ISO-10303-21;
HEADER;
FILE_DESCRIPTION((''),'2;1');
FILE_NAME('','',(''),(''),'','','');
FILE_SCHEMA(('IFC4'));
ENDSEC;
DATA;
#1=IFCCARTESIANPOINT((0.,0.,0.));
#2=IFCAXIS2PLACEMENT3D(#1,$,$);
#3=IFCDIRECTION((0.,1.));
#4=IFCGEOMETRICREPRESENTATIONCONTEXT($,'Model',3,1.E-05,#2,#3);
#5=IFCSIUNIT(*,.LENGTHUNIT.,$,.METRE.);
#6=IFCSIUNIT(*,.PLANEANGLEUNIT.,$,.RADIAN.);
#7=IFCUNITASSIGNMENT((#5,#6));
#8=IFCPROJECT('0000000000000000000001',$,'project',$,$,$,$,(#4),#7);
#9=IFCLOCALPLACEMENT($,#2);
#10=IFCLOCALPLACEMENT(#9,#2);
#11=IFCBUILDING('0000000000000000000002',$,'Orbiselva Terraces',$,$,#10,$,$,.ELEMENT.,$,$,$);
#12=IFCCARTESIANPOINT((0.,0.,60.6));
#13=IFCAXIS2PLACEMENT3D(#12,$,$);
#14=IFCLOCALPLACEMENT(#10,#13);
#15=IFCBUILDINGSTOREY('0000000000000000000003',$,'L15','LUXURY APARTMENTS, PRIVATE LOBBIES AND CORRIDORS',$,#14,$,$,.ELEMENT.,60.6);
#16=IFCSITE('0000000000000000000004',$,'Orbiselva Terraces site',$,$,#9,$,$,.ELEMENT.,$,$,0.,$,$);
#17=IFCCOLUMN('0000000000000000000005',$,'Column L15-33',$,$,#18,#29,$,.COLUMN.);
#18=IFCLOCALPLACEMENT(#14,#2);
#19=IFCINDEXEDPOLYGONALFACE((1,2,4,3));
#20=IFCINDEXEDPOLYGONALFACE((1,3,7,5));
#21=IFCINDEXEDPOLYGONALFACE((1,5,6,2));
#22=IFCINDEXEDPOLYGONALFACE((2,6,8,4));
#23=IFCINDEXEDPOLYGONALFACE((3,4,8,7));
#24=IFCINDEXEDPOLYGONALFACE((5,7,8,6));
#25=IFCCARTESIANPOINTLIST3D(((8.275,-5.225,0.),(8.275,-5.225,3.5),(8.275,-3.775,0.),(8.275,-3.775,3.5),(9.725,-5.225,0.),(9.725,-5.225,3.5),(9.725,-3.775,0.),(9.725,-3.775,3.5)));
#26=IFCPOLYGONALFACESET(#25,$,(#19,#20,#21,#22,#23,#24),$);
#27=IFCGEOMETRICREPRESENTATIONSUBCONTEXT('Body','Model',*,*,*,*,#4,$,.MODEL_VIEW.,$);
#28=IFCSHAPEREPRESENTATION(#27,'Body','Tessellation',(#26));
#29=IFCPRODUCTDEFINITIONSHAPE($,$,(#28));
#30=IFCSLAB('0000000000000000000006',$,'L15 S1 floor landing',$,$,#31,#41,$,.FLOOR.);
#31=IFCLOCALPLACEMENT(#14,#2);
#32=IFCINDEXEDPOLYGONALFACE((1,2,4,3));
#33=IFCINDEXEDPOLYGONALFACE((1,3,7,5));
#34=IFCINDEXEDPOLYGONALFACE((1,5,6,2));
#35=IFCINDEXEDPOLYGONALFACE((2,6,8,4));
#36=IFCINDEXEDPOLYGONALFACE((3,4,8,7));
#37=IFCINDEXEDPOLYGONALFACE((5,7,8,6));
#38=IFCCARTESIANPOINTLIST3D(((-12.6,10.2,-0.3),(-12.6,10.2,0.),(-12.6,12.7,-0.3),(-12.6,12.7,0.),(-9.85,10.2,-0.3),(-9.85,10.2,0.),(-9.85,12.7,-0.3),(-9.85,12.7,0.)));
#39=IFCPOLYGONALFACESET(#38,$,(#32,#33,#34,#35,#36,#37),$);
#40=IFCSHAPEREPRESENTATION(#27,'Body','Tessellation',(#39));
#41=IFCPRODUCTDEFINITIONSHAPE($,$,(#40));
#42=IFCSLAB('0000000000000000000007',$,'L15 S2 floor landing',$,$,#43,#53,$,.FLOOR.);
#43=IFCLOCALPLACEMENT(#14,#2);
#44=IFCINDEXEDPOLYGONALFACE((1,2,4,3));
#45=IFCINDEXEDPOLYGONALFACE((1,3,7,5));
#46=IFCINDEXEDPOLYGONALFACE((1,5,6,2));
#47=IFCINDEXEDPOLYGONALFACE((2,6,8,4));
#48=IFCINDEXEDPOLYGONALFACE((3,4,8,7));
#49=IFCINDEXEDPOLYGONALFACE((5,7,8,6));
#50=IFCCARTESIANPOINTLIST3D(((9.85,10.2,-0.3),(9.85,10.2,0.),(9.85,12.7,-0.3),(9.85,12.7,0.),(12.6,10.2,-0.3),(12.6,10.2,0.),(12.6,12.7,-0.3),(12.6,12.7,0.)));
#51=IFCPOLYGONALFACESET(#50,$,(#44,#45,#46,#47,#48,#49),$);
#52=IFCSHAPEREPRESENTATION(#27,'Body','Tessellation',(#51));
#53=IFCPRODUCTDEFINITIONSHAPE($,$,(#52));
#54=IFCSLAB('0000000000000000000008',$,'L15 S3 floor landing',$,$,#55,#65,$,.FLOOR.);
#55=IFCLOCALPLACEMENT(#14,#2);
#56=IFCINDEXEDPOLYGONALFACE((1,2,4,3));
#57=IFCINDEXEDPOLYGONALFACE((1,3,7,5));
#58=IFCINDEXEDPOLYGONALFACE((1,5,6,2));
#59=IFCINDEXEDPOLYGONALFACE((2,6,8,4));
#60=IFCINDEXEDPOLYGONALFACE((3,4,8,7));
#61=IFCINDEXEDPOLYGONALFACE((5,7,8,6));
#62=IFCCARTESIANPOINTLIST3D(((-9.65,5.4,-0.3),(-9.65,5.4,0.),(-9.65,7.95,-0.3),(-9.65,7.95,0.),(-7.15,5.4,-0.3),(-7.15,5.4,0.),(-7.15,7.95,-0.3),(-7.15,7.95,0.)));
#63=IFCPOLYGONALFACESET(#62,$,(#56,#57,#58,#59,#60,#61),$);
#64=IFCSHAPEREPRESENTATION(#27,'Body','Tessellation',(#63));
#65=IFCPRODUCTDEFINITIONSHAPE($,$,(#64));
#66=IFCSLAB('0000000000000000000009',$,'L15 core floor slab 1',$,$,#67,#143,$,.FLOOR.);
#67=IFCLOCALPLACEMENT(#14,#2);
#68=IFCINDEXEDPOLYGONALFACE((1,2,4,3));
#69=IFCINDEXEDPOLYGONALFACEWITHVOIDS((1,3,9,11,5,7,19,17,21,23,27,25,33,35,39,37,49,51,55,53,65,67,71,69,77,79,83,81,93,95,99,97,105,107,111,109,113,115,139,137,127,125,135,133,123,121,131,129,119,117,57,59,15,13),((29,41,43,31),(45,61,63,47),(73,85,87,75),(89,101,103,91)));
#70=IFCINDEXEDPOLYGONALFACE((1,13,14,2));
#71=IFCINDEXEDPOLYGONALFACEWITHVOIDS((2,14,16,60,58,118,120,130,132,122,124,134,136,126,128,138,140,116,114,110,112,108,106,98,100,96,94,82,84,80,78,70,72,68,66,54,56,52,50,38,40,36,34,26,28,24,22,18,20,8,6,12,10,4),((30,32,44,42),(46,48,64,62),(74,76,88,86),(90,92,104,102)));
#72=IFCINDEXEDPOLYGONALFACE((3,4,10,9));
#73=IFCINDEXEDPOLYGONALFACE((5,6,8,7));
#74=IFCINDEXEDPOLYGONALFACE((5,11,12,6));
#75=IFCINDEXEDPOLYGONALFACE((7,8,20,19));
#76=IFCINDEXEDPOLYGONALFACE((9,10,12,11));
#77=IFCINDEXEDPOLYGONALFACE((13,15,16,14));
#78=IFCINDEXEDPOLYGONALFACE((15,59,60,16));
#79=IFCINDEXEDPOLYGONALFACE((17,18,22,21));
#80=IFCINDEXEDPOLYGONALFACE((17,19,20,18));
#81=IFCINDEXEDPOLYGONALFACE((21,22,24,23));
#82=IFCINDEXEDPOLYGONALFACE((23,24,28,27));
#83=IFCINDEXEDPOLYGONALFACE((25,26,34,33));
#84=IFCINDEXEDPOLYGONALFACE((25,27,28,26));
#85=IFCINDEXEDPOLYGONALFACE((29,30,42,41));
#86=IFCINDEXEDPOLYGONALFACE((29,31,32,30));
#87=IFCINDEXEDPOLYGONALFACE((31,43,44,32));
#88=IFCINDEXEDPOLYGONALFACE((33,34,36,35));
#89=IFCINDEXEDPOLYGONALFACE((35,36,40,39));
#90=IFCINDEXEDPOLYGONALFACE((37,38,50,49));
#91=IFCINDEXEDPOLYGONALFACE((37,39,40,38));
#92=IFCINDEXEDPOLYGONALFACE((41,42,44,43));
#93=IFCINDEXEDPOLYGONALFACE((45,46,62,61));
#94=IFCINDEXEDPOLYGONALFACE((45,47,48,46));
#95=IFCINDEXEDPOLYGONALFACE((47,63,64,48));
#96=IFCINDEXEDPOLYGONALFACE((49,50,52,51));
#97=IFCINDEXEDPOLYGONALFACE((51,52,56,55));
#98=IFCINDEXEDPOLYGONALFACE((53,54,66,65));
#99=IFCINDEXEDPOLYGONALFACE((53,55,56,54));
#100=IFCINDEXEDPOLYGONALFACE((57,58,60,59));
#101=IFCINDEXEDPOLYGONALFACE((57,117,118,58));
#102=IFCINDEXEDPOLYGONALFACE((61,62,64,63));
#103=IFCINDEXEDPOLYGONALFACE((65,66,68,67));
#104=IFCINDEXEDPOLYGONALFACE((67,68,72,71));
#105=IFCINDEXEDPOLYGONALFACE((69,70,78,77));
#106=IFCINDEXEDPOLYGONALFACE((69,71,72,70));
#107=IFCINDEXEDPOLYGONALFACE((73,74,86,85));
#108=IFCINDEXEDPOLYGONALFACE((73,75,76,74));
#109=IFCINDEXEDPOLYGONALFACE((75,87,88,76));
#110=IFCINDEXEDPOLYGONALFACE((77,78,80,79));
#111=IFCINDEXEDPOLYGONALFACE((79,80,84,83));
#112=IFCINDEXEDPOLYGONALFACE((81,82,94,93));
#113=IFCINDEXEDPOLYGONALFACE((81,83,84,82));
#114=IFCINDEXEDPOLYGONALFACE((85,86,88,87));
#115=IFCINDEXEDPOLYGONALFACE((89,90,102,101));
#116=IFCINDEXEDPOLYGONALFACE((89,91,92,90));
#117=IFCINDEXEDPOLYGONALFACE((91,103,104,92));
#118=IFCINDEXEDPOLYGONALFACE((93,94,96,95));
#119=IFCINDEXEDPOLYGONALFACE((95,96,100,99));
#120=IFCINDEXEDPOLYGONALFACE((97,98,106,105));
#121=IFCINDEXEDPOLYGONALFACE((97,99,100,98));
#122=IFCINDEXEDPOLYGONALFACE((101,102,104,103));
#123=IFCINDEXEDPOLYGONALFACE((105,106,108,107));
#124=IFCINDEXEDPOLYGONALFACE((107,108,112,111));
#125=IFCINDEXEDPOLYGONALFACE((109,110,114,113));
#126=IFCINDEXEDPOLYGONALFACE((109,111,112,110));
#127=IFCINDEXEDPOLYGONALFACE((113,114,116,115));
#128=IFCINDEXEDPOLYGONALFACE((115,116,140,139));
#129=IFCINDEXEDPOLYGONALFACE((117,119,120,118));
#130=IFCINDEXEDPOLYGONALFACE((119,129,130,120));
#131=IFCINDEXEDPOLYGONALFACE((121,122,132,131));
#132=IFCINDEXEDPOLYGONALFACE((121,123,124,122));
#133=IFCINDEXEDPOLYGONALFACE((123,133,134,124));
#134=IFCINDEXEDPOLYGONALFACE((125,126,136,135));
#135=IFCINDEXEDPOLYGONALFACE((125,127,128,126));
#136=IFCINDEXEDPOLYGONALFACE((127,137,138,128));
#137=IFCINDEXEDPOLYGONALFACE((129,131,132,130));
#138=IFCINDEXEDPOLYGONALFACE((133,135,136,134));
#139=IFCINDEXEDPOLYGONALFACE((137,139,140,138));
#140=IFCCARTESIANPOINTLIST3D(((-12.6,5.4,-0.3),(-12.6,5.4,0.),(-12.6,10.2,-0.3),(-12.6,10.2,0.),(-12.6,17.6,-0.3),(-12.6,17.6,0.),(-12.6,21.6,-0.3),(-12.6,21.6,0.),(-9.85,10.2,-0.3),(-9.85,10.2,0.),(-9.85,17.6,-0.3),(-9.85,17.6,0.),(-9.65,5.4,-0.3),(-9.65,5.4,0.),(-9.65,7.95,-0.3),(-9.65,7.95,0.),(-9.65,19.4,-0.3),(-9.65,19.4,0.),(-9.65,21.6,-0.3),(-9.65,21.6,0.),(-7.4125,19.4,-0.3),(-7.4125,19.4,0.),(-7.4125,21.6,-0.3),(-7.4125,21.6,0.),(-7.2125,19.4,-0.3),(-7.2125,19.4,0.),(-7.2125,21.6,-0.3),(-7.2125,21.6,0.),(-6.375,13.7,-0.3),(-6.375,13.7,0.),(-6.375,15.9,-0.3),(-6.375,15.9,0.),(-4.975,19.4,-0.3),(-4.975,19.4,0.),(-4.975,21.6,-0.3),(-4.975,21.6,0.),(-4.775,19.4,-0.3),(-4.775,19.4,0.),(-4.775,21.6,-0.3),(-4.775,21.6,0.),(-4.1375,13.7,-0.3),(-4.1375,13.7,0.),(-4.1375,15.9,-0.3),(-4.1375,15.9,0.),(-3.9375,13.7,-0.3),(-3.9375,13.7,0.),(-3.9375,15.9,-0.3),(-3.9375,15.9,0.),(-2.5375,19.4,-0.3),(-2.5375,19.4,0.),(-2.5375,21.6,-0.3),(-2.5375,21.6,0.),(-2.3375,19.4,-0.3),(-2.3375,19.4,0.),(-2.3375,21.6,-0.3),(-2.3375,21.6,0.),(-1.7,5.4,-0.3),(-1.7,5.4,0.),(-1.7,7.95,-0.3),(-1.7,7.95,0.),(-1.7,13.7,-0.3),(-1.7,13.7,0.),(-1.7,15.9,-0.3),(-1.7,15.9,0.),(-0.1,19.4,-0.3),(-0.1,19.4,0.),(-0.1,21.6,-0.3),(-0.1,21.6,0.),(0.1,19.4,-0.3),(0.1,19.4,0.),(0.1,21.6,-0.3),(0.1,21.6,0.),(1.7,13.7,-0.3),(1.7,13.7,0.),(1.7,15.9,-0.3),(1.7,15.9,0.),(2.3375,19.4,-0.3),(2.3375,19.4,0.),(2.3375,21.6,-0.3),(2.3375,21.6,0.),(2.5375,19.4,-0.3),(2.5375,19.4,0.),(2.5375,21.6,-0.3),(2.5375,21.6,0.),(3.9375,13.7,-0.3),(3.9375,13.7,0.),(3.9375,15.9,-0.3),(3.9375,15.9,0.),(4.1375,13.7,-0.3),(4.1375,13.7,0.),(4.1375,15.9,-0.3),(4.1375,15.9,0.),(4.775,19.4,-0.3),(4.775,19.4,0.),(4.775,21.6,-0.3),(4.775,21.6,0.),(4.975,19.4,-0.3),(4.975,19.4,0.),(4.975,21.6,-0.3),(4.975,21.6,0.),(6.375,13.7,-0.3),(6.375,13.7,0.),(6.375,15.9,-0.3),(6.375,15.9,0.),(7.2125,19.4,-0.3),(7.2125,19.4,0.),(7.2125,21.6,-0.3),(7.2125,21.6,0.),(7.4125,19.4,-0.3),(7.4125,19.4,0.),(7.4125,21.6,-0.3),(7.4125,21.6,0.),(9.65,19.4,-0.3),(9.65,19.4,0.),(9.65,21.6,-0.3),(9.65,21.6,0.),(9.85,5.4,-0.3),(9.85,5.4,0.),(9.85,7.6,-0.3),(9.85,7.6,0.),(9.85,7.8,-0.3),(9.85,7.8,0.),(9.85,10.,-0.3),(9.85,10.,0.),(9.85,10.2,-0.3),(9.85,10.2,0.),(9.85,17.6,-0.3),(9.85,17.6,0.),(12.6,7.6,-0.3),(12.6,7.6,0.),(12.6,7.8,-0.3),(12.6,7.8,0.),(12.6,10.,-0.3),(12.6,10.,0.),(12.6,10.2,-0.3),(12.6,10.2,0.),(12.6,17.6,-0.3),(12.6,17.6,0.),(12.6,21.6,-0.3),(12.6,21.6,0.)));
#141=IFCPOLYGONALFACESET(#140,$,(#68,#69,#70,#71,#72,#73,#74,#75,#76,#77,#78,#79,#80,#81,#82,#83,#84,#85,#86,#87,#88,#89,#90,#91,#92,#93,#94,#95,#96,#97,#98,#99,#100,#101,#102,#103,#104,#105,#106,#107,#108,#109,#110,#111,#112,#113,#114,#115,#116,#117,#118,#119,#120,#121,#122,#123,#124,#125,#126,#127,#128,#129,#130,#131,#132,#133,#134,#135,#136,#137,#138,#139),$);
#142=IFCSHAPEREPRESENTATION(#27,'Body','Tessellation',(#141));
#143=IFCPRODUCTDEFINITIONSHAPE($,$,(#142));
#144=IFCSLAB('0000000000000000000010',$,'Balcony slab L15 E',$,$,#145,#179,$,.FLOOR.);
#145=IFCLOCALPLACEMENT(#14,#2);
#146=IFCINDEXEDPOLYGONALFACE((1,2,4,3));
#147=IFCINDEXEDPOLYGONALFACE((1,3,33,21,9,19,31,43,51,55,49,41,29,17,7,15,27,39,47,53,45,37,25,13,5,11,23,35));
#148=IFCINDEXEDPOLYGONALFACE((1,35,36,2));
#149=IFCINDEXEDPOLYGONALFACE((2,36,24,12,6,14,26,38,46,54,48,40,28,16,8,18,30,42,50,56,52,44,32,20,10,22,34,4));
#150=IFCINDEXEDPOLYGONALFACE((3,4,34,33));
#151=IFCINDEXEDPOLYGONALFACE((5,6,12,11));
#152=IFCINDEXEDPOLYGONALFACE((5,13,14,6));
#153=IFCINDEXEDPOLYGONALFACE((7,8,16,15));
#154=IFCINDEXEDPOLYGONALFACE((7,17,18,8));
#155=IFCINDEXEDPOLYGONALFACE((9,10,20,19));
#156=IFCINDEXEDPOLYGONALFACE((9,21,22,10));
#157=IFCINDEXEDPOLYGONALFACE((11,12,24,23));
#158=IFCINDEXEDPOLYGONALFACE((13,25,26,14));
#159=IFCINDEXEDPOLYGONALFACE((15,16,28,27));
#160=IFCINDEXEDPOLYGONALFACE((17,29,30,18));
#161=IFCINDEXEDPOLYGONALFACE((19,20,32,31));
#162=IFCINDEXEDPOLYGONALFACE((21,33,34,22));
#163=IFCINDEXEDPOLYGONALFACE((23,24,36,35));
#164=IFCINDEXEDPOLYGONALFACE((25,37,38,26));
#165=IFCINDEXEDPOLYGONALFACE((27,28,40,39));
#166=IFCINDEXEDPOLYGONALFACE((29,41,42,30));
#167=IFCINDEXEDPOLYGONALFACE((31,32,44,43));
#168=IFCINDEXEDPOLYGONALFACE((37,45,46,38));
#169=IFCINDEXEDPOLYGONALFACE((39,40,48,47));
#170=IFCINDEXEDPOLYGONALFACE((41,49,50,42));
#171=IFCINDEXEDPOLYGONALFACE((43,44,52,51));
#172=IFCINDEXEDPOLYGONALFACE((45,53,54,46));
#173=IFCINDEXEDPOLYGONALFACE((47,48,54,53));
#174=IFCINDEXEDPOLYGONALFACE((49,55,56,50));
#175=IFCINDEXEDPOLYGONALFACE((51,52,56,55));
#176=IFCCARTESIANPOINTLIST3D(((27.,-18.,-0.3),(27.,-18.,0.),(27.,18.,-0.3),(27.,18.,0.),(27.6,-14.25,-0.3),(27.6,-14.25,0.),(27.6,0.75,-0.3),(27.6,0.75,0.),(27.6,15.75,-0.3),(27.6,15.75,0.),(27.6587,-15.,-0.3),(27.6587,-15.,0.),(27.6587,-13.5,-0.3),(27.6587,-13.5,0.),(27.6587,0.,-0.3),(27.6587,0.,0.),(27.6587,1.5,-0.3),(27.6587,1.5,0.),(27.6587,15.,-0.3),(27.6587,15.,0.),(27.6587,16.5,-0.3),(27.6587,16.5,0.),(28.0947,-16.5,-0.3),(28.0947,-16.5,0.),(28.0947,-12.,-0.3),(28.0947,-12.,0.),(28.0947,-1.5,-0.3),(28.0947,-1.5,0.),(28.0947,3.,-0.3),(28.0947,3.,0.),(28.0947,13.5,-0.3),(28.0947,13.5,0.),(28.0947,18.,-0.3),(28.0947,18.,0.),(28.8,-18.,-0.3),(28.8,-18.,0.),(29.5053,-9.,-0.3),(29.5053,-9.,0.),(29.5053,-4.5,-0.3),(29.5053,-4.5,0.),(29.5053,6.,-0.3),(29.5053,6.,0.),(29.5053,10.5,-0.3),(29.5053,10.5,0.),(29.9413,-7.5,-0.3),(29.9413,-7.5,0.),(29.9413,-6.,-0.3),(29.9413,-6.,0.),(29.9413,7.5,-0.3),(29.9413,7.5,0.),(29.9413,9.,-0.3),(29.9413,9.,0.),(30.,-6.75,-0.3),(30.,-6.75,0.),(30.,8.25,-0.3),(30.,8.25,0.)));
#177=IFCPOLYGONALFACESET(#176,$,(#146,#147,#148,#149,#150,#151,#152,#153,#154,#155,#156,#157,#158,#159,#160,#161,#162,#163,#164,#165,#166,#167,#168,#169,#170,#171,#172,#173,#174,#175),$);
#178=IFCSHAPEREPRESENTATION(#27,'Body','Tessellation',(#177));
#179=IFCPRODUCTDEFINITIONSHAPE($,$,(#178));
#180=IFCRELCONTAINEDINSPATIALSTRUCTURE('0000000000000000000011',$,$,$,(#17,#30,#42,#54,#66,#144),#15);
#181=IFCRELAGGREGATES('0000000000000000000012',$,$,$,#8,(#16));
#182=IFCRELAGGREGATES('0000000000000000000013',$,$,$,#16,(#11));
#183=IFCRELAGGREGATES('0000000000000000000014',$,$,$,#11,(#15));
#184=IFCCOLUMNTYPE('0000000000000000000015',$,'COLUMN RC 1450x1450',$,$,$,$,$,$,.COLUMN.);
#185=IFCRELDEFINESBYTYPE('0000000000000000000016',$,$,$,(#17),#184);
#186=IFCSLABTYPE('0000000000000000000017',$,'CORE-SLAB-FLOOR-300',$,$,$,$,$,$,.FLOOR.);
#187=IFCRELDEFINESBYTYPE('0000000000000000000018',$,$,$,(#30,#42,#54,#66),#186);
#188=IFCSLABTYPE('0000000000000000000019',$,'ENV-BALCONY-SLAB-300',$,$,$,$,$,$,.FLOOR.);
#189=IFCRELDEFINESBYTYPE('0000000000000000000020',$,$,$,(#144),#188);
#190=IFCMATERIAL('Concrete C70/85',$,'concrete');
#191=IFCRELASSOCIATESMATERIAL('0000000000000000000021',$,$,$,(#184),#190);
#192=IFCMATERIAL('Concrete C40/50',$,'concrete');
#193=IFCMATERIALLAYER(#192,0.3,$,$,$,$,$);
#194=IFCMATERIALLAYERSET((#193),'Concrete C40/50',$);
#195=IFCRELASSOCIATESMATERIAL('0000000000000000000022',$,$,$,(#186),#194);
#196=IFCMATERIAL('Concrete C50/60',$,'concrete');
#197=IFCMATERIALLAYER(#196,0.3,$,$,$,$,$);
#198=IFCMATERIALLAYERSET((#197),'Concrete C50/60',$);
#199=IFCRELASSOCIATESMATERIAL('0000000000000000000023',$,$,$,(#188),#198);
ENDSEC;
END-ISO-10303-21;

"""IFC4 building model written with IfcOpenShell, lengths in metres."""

from ifc_helpers import new_model, si_unit, direction, frame, origin, origin_2d, place, context, subcontext, project, spatial, polyline, rectangle, outline, extrude, material, layer, layer_set, material_profile, profile_set, type_object, element, save


model = new_model("IFC4")

# Units and contexts
model_context = context("Model", 3, precision=1e-05, world=origin(), true_north=direction((0.0, 1.0)))
body_context = subcontext(model_context, "Body", "Model", "MODEL_VIEW")
ifc_project = project(units=[si_unit("LENGTHUNIT", "METRE"), si_unit("PLANEANGLEUNIT", "RADIAN")], contexts=[model_context])

# Site, building, storey
site_placement = place(None, origin())
site = spatial("IfcSite", under=ifc_project, at=site_placement, Name="Orbiselva Terraces site", CompositionType="ELEMENT", RefElevation=0.0)
building_placement = place(site_placement, origin())
building = spatial("IfcBuilding", under=site, at=building_placement, Name="Orbiselva Terraces", CompositionType="ELEMENT")
storey_placement = place(building_placement, frame((0.0, 0.0, 60.6)))
storey = spatial("IfcBuildingStorey", under=building, at=storey_placement, Name="L15", Description="LUXURY APARTMENTS, PRIVATE LOBBIES AND CORRIDORS", CompositionType="ELEMENT", Elevation=60.6)

# Column
ifc_material_1 = material(Name="Concrete C70/85", Category="concrete")
ifc_material_profile = material_profile(ifc_material_1, rectangle(XDim=1.45, YDim=1.45, at=origin_2d()), Name="RC 1450x1450")
ifc_profile_set = profile_set([ifc_material_profile], Name="Concrete C70/85")
column_type = type_object("IfcColumnType", Name="COLUMN RC 1450x1450", PredefinedType="COLUMN", material=ifc_profile_set)
column_placement = place(storey_placement, frame((9.0, -4.5, 0.0), z_axis=(0.0, 0.0, 1.0), x_axis=(1.0, 0.0, 0.0)))
element("IfcColumn", 1, at=column_placement, inside=storey, type_object=column_type, Name="Column L15-33", PredefinedType="COLUMN", context=body_context, shape_type="SweptSolid", body=[
    extrude(rectangle(XDim=1.45, YDim=1.45, at=origin_2d()), origin(), (0.0, 0.0, 1.0), 3.5),
])

# Slabs
ifc_material_2 = material(Name="Concrete C40/50", Category="concrete")
ifc_layer_1 = layer(ifc_material_2, 0.3)
ifc_layer_set_1 = layer_set([ifc_layer_1], Name="Concrete C40/50")
slab_type_1 = type_object("IfcSlabType", Name="CORE-SLAB-FLOOR-300", PredefinedType="FLOOR", material=ifc_layer_set_1)
slab_1_placement = place(storey_placement, frame((0.0, 0.0, -0.3)))
element("IfcSlab", 2, at=slab_1_placement, inside=storey, type_object=slab_type_1, Name="L15 S1 floor landing", PredefinedType="FLOOR", context=body_context, shape_type="SweptSolid", body=[
    extrude(outline(polyline([(-12.6, 12.7), (-9.85, 12.7), (-9.85, 10.2), (-12.6, 10.2), (-12.6, 12.7)])), origin(), (0.0, 0.0, 1.0), 0.3),
])
slab_2_placement = place(storey_placement, frame((0.0, 0.0, -0.3)))
element("IfcSlab", 3, at=slab_2_placement, inside=storey, type_object=slab_type_1, Name="L15 S2 floor landing", PredefinedType="FLOOR", context=body_context, shape_type="SweptSolid", body=[
    extrude(outline(polyline([(12.6, 12.7), (12.6, 10.2), (9.85, 10.2), (9.85, 12.7), (12.6, 12.7)])), origin(), (0.0, 0.0, 1.0), 0.3),
])
slab_3_placement = place(storey_placement, frame((0.0, 0.0, -0.3)))
element("IfcSlab", 4, at=slab_3_placement, inside=storey, type_object=slab_type_1, Name="L15 S3 floor landing", PredefinedType="FLOOR", context=body_context, shape_type="SweptSolid", body=[
    extrude(outline(polyline([(-7.15, 5.4), (-9.65, 5.4), (-9.65, 7.95), (-7.15, 7.95), (-7.15, 5.4)])), origin(), (0.0, 0.0, 1.0), 0.3),
])
slab_4_placement = place(storey_placement, frame((0.0, 0.0, -0.3)))
element("IfcSlab", 5, at=slab_4_placement, inside=storey, type_object=slab_type_1, Name="L15 core floor slab 1", PredefinedType="FLOOR", context=body_context, shape_type="SweptSolid", body=[
    extrude(outline(polyline([(-1.7, 5.4), (-1.7, 7.95), (-9.65, 7.95), (-9.65, 5.4), (-12.6, 5.4), (-12.6, 10.2), (-9.85, 10.2), (-9.85, 17.6), (-12.6, 17.6), (-12.6, 21.6), (-9.65, 21.6), (-9.65, 19.4), (-7.4125, 19.4), (-7.4125, 21.6), (-7.2125, 21.6), (-7.2125, 19.4), (-4.975, 19.4), (-4.975, 21.6), (-4.775, 21.6), (-4.775, 19.4), (-2.5375, 19.4), (-2.5375, 21.6), (-2.3375, 21.6), (-2.3375, 19.4), (-0.1, 19.4), (-0.1, 21.6), (0.1, 21.6), (0.1, 19.4), (2.3375, 19.4), (2.3375, 21.6), (2.5375, 21.6), (2.5375, 19.4), (4.775, 19.4), (4.775, 21.6), (4.975, 21.6), (4.975, 19.4), (7.2125, 19.4), (7.2125, 21.6), (7.4125, 21.6), (7.4125, 19.4), (9.65, 19.4), (9.65, 21.6), (12.6, 21.6), (12.6, 17.6), (9.85, 17.6), (9.85, 10.2), (12.6, 10.2), (12.6, 10.0), (9.85, 10.0), (9.85, 7.8), (12.6, 7.8), (12.6, 7.6), (9.85, 7.6), (9.85, 5.4), (-1.7, 5.4)]), holes=[polyline([(-4.1375, 13.7), (-4.1375, 15.9), (-6.375, 15.9), (-6.375, 13.7), (-4.1375, 13.7)]), polyline([(-1.7, 13.7), (-1.7, 15.9), (-3.9375, 15.9), (-3.9375, 13.7), (-1.7, 13.7)]), polyline([(3.9375, 13.7), (3.9375, 15.9), (1.7, 15.9), (1.7, 13.7), (3.9375, 13.7)]), polyline([(6.375, 13.7), (6.375, 15.9), (4.1375, 15.9), (4.1375, 13.7), (6.375, 13.7)])]), origin(), (0.0, 0.0, 1.0), 0.3),
])
ifc_material_3 = material(Name="Concrete C50/60", Category="concrete")
ifc_layer_2 = layer(ifc_material_3, 0.3)
ifc_layer_set_2 = layer_set([ifc_layer_2], Name="Concrete C50/60")
slab_type_2 = type_object("IfcSlabType", Name="ENV-BALCONY-SLAB-300", PredefinedType="FLOOR", material=ifc_layer_set_2)
slab_5_placement = place(storey_placement, frame((0.0, 0.0, -0.3)))
element("IfcSlab", 6, at=slab_5_placement, inside=storey, type_object=slab_type_2, Name="Balcony slab L15 E", PredefinedType="FLOOR", context=body_context, shape_type="SweptSolid", body=[
    extrude(outline(polyline([(28.8, -18.0), (28.0947, -16.5), (27.6587, -15.0), (27.6, -14.25), (27.6587, -13.5), (28.0947, -12.0), (29.5053, -9.0), (29.9413, -7.5), (30.0, -6.75), (29.9413, -6.0), (29.5053, -4.5), (28.0947, -1.5), (27.6587, 0.0), (27.6, 0.75), (27.6587, 1.5), (28.0947, 3.0), (29.5053, 6.0), (29.9413, 7.5), (30.0, 8.25), (29.9413, 9.0), (29.5053, 10.5), (28.0947, 13.5), (27.6587, 15.0), (27.6, 15.75), (27.6587, 16.5), (28.0947, 18.0), (27.0, 18.0), (27.0, -18.0), (28.8, -18.0)])), origin(), (0.0, 0.0, 1.0), 0.3),
])

save(model, "model.ifc")
